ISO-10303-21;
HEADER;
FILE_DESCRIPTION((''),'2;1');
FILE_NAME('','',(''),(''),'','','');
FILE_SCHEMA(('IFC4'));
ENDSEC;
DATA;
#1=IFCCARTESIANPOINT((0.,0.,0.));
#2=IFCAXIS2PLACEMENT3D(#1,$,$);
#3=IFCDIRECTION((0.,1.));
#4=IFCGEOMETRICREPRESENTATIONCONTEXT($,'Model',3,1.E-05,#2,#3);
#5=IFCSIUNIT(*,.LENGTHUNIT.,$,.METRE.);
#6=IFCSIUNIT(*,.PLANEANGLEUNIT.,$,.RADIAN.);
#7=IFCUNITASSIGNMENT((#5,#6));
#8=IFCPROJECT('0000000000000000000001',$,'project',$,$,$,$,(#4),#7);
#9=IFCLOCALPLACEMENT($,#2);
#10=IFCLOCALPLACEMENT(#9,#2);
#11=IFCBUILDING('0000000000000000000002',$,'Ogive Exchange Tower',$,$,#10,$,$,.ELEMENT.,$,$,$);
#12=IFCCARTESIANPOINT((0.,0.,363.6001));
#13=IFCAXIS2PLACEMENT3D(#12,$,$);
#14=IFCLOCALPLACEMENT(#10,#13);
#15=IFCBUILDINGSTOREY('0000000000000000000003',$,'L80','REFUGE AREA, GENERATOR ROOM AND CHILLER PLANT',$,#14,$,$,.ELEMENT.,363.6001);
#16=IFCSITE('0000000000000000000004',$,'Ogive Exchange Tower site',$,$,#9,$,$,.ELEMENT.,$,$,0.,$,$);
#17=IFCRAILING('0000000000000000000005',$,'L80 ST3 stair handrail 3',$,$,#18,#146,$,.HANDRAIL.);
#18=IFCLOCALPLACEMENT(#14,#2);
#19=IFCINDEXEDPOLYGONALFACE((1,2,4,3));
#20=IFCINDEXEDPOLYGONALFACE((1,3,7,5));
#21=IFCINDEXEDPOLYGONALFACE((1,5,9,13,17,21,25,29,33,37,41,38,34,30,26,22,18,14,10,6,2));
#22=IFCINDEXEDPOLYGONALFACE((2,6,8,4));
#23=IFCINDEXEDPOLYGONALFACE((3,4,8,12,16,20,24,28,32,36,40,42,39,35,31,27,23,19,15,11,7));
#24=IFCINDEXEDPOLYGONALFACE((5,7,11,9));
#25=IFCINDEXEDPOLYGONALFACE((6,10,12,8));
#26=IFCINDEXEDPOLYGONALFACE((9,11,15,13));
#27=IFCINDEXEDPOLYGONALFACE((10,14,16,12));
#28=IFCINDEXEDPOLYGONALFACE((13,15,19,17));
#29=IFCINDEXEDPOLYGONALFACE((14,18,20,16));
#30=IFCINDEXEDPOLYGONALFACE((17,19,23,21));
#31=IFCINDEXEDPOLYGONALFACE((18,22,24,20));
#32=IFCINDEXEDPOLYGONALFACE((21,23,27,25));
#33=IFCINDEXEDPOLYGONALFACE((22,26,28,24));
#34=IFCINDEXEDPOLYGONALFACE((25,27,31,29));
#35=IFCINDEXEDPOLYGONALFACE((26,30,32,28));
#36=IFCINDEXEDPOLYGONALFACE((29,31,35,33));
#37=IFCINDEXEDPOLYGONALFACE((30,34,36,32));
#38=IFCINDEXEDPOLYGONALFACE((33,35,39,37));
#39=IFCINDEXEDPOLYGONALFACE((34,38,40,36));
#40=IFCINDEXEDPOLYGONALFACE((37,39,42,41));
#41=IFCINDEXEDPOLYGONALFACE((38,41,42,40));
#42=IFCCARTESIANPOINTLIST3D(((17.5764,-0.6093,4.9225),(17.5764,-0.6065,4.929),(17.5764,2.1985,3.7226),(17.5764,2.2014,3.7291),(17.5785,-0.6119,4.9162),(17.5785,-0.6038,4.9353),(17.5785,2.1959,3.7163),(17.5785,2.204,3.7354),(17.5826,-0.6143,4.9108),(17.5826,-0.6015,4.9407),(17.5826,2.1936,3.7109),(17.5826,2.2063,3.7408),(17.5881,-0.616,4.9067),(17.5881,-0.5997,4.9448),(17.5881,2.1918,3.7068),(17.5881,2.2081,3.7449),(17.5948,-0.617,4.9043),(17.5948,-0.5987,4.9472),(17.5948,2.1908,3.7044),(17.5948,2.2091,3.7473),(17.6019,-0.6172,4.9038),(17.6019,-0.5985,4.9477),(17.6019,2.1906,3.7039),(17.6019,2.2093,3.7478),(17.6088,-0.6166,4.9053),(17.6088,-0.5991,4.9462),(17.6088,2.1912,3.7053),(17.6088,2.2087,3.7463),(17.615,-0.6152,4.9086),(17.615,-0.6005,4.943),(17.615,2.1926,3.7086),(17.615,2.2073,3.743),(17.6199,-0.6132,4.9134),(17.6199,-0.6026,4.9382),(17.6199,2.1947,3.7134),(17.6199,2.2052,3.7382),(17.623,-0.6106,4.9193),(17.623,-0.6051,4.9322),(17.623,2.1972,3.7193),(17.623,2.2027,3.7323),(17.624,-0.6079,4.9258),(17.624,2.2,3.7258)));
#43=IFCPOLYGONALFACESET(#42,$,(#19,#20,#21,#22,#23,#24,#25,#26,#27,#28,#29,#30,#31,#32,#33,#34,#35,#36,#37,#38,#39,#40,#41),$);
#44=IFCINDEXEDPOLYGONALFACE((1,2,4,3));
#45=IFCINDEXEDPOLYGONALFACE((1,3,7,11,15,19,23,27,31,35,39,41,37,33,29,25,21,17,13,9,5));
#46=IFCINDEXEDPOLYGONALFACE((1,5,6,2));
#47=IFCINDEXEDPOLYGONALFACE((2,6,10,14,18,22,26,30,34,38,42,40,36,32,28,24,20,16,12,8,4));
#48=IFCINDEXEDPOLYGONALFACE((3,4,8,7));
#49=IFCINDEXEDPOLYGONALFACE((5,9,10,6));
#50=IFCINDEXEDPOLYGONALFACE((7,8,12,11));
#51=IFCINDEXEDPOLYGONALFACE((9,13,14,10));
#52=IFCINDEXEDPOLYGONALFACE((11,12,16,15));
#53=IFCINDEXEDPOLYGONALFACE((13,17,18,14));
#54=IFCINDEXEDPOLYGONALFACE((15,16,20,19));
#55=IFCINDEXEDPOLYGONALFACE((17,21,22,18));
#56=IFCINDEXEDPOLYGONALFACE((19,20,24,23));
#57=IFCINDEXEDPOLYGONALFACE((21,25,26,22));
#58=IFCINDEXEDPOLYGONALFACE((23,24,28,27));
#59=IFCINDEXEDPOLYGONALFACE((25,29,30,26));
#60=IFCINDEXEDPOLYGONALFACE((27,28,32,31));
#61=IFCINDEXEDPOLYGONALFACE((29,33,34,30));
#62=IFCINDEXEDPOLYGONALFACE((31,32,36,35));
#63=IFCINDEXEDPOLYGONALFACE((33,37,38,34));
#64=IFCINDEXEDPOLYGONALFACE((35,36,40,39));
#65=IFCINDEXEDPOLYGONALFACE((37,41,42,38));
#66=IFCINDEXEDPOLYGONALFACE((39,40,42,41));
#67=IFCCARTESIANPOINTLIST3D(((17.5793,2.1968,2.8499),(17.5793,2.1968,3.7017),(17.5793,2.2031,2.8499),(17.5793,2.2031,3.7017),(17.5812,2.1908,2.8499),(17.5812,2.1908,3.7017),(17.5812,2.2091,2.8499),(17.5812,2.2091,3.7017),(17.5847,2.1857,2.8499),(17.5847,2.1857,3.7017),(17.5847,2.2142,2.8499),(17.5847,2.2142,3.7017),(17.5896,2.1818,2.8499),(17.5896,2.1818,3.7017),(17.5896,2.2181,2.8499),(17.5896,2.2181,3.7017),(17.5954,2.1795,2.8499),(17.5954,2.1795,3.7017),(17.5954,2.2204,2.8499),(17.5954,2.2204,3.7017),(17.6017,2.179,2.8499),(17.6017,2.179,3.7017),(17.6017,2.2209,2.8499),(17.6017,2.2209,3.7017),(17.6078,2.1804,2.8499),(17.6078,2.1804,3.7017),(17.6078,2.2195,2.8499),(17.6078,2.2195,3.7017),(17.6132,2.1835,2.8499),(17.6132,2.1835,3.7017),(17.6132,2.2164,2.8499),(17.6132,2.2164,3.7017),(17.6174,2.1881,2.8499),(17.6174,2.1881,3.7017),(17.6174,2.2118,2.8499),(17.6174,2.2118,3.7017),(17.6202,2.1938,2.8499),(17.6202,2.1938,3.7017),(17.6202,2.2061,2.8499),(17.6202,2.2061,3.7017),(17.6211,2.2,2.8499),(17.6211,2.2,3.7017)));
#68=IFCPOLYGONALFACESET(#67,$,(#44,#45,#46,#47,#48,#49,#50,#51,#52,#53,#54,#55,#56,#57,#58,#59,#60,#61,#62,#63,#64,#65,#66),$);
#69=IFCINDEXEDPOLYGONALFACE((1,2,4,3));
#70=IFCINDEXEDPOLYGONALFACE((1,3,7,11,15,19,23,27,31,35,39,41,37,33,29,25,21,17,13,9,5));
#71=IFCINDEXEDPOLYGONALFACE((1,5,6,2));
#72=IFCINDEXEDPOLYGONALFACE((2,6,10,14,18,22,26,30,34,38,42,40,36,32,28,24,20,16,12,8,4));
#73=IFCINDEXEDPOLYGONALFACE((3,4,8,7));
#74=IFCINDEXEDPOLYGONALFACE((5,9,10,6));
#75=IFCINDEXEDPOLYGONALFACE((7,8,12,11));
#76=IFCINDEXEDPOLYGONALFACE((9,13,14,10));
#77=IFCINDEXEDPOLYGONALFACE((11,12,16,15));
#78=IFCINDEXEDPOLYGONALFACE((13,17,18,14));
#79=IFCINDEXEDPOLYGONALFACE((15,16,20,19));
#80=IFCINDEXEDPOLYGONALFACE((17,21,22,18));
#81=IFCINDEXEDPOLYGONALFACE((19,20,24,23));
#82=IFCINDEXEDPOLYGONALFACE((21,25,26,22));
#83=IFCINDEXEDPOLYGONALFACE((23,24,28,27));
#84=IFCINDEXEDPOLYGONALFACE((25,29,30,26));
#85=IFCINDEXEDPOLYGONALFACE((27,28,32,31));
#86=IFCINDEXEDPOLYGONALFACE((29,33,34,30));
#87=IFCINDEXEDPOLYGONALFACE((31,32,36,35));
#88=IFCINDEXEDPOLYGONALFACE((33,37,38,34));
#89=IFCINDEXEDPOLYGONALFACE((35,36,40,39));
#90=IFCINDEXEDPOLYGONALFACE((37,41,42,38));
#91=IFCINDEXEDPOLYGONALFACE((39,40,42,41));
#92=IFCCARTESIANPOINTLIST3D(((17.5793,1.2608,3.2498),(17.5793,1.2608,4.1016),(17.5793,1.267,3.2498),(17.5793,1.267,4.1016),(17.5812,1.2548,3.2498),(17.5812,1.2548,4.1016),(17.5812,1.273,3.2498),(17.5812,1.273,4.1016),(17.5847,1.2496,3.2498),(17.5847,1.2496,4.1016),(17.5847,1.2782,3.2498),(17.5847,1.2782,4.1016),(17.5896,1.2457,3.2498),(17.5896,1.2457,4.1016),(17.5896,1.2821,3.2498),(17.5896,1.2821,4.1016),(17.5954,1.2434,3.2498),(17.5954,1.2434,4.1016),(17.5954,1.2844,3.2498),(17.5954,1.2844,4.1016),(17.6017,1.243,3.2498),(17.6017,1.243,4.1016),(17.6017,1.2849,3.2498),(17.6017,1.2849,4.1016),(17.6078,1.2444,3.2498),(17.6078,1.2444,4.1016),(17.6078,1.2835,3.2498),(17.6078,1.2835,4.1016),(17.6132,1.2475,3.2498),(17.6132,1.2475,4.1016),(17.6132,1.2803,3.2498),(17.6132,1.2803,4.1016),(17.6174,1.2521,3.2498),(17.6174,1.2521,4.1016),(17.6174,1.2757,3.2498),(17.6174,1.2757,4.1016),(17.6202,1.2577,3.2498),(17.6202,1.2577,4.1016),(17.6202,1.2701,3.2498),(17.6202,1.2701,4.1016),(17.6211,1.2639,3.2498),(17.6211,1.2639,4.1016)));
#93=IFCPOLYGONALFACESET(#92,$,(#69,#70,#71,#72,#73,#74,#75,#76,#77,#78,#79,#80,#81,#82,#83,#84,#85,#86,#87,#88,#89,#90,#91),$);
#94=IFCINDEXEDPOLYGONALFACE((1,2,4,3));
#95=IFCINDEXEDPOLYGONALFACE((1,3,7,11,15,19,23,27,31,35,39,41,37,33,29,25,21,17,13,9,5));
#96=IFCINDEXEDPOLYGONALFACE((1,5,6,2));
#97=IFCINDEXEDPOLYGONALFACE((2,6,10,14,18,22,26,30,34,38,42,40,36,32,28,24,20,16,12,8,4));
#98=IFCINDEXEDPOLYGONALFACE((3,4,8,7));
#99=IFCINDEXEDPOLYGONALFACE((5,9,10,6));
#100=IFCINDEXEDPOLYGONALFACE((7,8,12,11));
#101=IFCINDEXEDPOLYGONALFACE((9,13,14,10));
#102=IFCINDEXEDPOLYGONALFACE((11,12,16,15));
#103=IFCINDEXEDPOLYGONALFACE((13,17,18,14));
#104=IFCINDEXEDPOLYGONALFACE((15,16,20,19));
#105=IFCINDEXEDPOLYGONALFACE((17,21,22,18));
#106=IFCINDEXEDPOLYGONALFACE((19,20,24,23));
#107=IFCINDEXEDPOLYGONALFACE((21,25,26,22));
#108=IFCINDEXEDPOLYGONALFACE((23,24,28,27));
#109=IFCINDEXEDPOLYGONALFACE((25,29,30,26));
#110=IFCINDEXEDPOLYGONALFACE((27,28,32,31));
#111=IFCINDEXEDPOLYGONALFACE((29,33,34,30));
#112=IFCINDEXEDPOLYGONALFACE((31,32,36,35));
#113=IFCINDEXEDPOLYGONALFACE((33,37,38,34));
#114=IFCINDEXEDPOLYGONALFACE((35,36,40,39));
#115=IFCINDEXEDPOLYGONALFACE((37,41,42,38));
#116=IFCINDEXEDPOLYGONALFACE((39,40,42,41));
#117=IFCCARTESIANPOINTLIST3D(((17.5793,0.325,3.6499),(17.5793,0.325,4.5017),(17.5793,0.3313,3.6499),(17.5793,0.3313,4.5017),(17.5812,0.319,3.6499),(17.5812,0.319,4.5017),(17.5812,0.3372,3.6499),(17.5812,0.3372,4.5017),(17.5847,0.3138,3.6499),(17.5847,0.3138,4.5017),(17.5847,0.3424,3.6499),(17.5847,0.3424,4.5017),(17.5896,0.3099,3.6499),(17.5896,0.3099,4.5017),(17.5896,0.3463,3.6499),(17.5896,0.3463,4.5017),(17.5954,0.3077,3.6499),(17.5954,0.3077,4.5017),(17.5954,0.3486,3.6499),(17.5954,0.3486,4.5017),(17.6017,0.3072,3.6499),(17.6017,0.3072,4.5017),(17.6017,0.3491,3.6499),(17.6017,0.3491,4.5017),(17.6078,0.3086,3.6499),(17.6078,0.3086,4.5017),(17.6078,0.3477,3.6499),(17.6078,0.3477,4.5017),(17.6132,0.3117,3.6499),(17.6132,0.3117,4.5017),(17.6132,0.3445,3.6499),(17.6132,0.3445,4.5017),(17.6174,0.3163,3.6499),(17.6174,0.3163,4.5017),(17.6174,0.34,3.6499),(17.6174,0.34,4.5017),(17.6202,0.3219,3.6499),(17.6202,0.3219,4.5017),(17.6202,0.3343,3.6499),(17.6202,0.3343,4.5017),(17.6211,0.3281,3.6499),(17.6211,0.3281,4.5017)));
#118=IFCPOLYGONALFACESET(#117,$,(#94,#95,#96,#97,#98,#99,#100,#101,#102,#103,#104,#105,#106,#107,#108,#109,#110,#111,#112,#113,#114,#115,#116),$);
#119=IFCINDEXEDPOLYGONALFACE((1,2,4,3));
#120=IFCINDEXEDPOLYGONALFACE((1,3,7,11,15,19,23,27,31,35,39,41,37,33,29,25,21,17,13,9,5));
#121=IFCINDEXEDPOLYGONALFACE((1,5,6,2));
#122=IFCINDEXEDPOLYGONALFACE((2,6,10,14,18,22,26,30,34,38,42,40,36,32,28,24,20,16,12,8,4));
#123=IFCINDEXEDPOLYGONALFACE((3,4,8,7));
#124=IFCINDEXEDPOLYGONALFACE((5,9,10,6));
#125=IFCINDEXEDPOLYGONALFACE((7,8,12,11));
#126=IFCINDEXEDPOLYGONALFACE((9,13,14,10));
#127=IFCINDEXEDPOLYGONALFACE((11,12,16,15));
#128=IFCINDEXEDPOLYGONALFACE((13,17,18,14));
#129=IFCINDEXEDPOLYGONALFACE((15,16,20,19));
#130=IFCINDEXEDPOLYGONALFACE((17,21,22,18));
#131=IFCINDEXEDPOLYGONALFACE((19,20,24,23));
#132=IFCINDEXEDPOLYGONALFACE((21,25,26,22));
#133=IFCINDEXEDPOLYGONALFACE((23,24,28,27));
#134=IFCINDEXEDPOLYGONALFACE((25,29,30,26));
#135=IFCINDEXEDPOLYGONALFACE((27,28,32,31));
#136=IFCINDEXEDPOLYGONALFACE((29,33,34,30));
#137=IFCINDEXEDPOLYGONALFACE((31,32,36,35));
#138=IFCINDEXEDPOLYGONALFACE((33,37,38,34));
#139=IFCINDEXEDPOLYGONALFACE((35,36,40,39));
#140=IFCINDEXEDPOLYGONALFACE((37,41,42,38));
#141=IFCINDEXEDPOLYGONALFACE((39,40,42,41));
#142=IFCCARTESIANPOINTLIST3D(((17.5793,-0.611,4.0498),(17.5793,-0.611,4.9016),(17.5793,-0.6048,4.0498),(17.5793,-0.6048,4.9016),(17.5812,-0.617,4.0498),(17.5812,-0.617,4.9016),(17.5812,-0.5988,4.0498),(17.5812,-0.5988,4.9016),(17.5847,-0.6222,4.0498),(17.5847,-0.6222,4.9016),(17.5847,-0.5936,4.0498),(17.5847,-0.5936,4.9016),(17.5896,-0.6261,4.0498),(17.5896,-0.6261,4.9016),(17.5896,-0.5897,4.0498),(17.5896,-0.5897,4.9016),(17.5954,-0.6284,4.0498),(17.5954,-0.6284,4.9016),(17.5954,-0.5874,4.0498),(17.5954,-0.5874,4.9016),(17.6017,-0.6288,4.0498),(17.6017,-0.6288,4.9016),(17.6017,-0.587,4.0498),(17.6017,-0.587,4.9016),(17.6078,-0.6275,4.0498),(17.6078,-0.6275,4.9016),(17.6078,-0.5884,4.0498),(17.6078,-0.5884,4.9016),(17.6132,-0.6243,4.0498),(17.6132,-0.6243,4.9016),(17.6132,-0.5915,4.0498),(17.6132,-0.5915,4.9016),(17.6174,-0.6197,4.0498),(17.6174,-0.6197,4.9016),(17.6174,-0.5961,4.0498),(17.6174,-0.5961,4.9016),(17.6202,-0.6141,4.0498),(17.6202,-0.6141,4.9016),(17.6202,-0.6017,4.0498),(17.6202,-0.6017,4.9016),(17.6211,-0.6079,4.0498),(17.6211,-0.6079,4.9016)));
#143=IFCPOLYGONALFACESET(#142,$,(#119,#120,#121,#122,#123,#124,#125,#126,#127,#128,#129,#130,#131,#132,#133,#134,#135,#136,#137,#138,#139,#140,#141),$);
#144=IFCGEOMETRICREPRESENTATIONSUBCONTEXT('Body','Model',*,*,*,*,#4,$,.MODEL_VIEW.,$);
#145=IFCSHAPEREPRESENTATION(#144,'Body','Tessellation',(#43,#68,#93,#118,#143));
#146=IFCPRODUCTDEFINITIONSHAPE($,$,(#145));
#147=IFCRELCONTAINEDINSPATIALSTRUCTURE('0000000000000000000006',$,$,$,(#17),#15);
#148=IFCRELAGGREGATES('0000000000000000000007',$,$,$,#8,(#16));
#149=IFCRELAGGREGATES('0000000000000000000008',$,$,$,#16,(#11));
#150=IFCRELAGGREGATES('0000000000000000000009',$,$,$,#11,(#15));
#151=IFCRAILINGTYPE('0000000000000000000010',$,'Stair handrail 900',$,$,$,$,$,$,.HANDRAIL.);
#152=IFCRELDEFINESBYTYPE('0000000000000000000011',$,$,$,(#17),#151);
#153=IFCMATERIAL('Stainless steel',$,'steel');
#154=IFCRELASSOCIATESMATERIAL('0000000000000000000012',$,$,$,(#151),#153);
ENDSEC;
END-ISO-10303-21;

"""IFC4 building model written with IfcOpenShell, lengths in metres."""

from ifc_helpers import new_model, si_unit, direction, frame, origin, origin_2d, place, context, subcontext, project, spatial, circle, extrude, material, type_object, element, save


model = new_model("IFC4")

# Units and contexts
model_context = context("Model", 3, precision=1e-05, world=origin(), true_north=direction((0.0, 1.0)))
body_context = subcontext(model_context, "Body", "Model", "MODEL_VIEW")
ifc_project = project(units=[si_unit("LENGTHUNIT", "METRE"), si_unit("PLANEANGLEUNIT", "RADIAN")], contexts=[model_context])

# Site, building, storey
site_placement = place(None, origin())
site = spatial("IfcSite", under=ifc_project, at=site_placement, Name="Ogive Exchange Tower site", CompositionType="ELEMENT", RefElevation=0.0)
building_placement = place(site_placement, origin())
building = spatial("IfcBuilding", under=site, at=building_placement, Name="Ogive Exchange Tower", CompositionType="ELEMENT")
storey_placement = place(building_placement, frame((0.0, 0.0, 363.6001)))
storey = spatial("IfcBuildingStorey", under=building, at=storey_placement, Name="L80", Description="REFUGE AREA, GENERATOR ROOM AND CHILLER PLANT", CompositionType="ELEMENT", Elevation=363.6001)

# Shared definitions
ifc_material_1 = material(Name="Stainless steel", Category="steel")

# Railing
railing_type = type_object("IfcRailingType", Name="Stair handrail 900", PredefinedType="HANDRAIL", material=ifc_material_1)
for number, where, name in (
    (1, (17.6001, 2.2, 2.8499), "L80 ST3 stair handrail 3"),
):
    element("IfcRailing", number, at=place(storey_placement, frame(where)), inside=storey, type_object=railing_type, Name=name, PredefinedType="HANDRAIL", context=body_context, shape_type="SweptSolid", body=[
        extrude(circle(Radius=0.0239, at=origin_2d()), frame((0.0, 0.0, 0.876), z_axis=(0.0, -0.91955, 0.392973), x_axis=(1.0, 0.0, 0.0)), (0.0, 0.0, 1.0), 3.0535),
        extrude(circle(Radius=0.021, at=origin_2d()), origin(), (0.0, 0.0, 1.0), 0.8518),
        extrude(circle(Radius=0.021, at=origin_2d()), frame((0.0, -0.936, 0.3999)), (0.0, 0.0, 1.0), 0.8518),
        extrude(circle(Radius=0.021, at=origin_2d()), frame((0.0, -1.8718, 0.8)), (0.0, 0.0, 1.0), 0.8518),
        extrude(circle(Radius=0.021, at=origin_2d()), frame((0.0, -2.8079, 1.2)), (0.0, 0.0, 1.0), 0.8518),
    ])

save(model, "model.ifc")
